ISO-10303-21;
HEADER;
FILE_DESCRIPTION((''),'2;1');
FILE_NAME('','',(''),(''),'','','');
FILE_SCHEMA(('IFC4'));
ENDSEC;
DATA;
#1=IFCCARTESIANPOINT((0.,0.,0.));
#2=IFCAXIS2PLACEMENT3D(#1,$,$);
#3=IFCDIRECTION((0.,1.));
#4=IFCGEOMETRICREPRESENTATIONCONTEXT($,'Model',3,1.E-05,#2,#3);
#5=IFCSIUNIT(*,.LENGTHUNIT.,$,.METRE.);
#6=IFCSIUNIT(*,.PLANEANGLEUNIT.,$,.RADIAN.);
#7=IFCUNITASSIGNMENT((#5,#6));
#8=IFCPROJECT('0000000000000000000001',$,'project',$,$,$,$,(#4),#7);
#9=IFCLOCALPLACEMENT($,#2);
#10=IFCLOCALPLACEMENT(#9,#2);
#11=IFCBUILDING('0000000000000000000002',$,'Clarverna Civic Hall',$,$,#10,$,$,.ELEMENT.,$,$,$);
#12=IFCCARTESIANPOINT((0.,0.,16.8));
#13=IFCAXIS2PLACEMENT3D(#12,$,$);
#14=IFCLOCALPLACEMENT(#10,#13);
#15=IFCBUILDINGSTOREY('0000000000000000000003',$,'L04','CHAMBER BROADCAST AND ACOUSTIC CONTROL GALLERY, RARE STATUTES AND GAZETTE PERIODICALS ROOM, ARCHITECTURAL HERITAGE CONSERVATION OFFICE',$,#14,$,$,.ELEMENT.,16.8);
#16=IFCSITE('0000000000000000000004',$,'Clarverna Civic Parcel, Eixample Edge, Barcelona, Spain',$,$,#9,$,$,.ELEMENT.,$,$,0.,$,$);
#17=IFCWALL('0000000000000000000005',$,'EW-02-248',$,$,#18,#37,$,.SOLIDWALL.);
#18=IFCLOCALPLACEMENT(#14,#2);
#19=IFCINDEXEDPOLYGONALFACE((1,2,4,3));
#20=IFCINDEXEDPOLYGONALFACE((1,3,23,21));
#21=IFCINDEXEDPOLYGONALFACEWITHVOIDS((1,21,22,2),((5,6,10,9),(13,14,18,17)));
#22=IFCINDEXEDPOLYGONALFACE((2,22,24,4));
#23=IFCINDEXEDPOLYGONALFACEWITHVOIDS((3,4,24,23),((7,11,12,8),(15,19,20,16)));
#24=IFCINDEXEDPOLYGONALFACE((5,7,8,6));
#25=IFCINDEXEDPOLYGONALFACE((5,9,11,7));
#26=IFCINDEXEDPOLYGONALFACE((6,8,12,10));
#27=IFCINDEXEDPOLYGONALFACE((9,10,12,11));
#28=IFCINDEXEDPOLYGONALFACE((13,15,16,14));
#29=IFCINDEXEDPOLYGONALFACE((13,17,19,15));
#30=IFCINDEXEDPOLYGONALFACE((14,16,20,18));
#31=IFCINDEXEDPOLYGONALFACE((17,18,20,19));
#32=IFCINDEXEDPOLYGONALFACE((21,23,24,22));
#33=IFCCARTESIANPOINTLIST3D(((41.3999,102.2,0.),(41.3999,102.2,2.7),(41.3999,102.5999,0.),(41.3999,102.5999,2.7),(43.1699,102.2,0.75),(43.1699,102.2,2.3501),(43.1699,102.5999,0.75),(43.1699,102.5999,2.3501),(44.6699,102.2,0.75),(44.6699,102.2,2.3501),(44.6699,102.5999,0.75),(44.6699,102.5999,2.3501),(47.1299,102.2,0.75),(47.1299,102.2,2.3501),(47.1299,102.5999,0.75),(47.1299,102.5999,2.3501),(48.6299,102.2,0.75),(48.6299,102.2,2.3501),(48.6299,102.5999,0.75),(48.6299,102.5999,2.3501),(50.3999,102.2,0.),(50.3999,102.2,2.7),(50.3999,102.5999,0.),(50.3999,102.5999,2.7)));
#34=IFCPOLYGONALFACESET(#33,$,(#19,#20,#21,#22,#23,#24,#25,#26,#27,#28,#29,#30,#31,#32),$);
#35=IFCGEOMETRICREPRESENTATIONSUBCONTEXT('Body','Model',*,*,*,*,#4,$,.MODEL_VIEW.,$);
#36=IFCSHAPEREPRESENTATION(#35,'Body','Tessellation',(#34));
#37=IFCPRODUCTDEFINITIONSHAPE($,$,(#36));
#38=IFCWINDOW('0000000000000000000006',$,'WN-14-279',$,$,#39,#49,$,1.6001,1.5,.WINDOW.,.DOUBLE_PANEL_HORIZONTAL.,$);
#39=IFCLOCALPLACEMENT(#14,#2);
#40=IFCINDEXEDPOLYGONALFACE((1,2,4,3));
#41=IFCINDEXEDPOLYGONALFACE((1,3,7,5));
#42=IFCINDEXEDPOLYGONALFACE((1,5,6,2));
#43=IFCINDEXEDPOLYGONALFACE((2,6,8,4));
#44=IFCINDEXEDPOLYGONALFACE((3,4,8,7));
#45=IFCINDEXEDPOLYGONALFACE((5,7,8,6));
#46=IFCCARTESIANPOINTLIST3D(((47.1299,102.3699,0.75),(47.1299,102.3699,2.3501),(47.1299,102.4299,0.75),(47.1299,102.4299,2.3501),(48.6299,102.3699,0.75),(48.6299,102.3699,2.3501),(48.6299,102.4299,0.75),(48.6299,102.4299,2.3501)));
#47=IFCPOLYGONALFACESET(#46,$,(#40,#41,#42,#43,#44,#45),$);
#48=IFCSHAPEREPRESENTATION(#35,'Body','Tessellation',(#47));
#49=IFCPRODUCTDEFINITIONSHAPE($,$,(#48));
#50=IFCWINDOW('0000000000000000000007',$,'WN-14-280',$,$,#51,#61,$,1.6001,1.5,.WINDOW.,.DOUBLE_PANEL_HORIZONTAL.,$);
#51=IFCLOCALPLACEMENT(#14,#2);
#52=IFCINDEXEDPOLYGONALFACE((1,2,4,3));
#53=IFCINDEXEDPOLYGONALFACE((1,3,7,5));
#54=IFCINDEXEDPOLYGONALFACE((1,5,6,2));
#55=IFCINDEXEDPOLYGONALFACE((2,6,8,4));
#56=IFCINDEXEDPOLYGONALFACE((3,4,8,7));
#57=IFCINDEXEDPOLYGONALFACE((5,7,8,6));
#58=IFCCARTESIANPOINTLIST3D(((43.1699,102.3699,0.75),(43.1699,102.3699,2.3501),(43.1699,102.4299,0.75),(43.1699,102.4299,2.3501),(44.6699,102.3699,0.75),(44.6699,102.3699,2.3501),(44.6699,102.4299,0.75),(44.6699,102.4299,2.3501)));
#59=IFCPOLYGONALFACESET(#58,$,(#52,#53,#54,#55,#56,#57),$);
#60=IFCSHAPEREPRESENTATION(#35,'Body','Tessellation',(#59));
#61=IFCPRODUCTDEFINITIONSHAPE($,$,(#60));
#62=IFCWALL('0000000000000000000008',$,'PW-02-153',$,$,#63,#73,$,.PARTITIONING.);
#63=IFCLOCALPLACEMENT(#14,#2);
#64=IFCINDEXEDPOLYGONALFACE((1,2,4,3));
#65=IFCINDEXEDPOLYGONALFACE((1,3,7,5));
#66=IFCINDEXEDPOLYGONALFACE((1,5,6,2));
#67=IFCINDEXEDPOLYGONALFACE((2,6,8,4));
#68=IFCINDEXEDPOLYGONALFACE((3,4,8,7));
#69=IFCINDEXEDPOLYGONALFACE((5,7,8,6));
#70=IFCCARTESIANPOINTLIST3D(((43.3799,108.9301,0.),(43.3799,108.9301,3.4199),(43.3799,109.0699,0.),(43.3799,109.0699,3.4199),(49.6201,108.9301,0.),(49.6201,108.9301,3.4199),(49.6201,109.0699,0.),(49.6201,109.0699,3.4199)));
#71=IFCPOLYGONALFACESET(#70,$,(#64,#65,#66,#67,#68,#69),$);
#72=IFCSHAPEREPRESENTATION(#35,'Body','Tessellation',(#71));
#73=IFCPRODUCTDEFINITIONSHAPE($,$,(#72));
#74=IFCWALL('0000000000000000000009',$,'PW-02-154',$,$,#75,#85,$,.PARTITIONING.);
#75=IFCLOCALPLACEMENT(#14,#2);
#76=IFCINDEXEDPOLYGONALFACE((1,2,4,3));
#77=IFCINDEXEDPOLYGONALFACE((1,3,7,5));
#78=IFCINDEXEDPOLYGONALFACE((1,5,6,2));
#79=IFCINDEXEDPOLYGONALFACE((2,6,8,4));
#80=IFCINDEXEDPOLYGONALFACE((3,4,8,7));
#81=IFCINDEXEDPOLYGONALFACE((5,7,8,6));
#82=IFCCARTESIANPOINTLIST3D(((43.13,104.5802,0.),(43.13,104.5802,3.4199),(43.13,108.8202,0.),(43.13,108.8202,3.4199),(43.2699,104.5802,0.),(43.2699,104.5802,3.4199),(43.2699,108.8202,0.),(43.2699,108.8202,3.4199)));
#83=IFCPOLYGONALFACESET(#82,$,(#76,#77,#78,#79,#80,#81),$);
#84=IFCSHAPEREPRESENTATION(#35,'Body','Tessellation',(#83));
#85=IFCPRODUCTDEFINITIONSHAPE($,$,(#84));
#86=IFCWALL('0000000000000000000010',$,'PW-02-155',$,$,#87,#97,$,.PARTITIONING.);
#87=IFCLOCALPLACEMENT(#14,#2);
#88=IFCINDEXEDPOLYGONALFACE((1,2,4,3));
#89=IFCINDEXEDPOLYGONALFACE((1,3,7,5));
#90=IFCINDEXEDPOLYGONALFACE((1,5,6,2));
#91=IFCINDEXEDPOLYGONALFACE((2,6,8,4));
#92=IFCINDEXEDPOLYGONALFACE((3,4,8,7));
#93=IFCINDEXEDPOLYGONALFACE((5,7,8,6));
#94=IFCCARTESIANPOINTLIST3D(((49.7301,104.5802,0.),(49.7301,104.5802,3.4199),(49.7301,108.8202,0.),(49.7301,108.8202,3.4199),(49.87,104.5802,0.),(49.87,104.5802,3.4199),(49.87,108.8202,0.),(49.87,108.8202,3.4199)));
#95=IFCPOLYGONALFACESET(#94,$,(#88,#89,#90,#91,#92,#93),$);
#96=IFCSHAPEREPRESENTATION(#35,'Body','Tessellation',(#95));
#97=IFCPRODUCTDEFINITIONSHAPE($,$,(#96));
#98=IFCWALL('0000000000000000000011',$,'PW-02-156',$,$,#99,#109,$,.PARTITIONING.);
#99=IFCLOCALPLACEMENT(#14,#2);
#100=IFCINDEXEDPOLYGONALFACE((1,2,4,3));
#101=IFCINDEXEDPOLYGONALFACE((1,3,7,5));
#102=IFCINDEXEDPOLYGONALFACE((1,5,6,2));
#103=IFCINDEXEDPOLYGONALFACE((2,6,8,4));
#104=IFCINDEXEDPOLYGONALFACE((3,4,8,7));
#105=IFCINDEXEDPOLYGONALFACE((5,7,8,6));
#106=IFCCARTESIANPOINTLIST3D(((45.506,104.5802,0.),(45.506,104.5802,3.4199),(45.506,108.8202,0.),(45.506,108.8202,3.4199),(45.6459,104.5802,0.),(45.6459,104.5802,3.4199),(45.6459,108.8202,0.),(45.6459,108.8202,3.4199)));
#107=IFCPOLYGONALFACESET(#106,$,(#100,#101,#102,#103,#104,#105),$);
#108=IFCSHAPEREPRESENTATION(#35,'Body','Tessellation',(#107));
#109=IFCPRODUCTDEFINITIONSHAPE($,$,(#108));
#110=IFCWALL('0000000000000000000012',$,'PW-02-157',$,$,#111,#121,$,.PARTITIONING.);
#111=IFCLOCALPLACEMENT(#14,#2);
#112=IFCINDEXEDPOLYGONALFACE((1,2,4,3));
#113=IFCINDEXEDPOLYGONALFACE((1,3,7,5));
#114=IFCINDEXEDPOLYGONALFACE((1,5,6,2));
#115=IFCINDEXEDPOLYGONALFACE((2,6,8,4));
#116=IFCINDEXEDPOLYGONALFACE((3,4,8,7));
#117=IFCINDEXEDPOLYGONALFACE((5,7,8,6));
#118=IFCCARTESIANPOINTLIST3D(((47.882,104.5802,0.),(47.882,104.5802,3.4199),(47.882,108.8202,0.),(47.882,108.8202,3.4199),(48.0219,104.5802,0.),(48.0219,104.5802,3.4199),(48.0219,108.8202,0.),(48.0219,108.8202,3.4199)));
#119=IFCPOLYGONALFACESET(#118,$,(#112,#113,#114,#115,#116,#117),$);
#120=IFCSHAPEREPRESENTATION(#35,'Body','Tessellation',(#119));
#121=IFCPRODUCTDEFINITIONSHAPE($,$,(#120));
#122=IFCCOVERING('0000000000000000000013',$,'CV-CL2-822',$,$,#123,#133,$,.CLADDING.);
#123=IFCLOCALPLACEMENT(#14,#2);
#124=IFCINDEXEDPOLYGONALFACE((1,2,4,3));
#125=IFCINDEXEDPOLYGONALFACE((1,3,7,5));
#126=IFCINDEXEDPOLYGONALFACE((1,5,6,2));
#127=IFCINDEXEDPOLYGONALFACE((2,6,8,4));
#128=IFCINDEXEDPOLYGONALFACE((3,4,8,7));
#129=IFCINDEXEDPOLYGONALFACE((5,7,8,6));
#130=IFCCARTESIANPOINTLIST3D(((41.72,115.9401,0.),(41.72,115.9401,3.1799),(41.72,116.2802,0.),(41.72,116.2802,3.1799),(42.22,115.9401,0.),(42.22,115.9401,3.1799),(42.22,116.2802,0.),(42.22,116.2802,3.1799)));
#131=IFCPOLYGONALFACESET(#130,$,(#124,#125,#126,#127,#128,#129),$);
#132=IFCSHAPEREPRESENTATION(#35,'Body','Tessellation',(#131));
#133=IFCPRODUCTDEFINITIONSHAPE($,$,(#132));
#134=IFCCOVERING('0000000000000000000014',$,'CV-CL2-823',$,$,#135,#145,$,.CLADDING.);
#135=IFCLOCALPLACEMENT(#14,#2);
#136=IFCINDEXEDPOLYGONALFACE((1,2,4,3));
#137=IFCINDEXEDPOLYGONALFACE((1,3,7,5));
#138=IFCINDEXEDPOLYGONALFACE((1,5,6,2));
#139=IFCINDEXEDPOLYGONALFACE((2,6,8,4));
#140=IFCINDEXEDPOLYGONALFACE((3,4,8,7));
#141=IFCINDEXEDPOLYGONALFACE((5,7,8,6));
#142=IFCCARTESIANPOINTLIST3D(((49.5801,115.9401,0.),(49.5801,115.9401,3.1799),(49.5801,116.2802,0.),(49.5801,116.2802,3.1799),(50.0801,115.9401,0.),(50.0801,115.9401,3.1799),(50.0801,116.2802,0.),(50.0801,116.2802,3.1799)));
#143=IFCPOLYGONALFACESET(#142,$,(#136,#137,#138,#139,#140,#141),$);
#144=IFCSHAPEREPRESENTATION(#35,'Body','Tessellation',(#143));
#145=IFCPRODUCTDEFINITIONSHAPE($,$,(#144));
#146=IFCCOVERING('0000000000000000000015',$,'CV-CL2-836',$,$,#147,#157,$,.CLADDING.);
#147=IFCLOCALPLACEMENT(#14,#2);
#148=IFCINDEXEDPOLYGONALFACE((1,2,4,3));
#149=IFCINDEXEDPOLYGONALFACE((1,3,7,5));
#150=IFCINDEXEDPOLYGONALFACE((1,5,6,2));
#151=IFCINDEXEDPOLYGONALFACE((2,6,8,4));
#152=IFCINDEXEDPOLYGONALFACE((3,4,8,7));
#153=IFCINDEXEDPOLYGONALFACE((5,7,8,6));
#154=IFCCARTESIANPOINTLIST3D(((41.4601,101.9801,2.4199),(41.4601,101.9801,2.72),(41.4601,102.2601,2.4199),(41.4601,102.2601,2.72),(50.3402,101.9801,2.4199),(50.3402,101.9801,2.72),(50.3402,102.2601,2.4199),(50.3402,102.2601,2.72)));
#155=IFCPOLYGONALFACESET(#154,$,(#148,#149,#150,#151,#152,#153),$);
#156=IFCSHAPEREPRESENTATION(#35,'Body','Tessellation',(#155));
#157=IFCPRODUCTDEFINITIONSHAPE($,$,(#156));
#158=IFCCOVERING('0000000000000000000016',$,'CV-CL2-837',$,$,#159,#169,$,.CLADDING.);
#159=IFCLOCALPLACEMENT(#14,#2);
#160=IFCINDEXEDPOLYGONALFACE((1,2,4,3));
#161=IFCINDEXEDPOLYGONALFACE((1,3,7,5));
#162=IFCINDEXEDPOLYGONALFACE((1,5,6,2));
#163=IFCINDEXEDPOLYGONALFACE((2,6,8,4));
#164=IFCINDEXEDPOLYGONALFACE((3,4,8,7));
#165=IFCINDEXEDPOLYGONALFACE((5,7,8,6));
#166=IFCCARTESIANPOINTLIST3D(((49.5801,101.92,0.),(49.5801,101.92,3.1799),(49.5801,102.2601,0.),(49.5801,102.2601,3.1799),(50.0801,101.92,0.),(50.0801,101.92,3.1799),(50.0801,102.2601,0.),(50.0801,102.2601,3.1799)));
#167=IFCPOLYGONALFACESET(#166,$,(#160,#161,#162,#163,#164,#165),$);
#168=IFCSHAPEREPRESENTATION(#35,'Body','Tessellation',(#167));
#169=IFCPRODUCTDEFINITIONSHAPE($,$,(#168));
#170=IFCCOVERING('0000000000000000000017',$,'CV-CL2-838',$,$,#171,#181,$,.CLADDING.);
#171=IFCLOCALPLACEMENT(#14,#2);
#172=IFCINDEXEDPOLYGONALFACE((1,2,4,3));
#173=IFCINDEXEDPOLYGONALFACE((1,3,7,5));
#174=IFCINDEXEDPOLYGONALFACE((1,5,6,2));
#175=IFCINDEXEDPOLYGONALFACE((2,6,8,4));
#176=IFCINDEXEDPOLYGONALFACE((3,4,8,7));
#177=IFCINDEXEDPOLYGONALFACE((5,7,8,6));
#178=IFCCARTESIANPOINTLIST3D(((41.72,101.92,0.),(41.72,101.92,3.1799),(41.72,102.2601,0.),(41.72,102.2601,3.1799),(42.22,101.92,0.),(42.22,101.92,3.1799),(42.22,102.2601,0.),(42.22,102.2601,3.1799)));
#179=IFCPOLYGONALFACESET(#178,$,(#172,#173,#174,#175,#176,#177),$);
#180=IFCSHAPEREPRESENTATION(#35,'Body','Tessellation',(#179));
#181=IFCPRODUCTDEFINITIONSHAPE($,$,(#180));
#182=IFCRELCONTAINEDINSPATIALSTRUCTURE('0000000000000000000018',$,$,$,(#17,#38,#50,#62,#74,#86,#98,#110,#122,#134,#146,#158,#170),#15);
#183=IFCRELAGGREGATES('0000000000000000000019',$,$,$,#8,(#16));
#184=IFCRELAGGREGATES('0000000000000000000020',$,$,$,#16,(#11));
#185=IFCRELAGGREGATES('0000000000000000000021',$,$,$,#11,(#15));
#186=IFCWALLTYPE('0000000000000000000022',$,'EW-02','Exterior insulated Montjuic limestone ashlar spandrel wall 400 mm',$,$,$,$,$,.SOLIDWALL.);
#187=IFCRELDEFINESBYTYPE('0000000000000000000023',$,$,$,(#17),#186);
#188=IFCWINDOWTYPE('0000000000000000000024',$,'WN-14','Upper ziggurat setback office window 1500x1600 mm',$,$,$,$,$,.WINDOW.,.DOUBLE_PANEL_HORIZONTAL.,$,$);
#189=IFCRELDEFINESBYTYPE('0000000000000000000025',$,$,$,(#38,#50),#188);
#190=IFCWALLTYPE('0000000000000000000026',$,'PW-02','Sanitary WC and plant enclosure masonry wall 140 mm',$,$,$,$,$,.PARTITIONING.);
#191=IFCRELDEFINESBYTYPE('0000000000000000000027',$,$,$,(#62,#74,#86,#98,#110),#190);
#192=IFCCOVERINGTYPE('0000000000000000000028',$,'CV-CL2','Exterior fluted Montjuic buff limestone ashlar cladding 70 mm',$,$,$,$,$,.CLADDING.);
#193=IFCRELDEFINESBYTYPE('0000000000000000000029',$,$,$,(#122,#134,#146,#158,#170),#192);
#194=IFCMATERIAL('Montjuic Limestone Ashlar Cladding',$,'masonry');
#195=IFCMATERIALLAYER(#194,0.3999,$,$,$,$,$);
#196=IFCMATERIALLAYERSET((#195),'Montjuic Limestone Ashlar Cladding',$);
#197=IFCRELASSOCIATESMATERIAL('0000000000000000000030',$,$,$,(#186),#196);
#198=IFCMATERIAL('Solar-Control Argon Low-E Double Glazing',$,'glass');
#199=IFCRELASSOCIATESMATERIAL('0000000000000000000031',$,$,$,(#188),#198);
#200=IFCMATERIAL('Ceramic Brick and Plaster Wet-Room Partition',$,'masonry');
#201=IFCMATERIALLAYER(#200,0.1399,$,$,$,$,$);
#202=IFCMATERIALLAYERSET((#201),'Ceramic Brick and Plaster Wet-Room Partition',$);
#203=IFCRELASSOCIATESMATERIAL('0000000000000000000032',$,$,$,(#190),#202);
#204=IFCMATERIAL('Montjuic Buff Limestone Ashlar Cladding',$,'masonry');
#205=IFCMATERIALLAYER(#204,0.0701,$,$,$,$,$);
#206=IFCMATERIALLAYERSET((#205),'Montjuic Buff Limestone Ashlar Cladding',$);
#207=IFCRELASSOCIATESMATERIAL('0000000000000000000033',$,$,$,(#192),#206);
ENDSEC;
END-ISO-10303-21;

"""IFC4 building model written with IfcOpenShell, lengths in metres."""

from ifc_helpers import new_model, si_unit, direction, frame, frame_2d, origin, place, context, subcontext, project, spatial, rectangle, extrude, material, layer, layer_set, type_object, element, fill, save


model = new_model("IFC4")

# Units and contexts
model_context = context("Model", 3, precision=1e-05, world=origin(), true_north=direction((0.0, 1.0)))
body_context = subcontext(model_context, "Body", "Model", "MODEL_VIEW")
ifc_project = project(units=[si_unit("LENGTHUNIT", "METRE"), si_unit("PLANEANGLEUNIT", "RADIAN")], contexts=[model_context])

# Site, building, storey
site_placement = place(None, origin())
site = spatial("IfcSite", under=ifc_project, at=site_placement, Name="Clarverna Civic Parcel, Eixample Edge, Barcelona, Spain", CompositionType="ELEMENT", RefElevation=0.0)
building_placement = place(site_placement, origin())
building = spatial("IfcBuilding", under=site, at=building_placement, Name="Clarverna Civic Hall", CompositionType="ELEMENT")
storey_placement = place(building_placement, frame((0.0, 0.0, 16.8)))
storey = spatial("IfcBuildingStorey", under=building, at=storey_placement, Name="L04", Description="CHAMBER BROADCAST AND ACOUSTIC CONTROL GALLERY, RARE STATUTES AND GAZETTE PERIODICALS ROOM, ARCHITECTURAL HERITAGE CONSERVATION OFFICE", CompositionType="ELEMENT", Elevation=16.8)

# Wall, openings, windows
ifc_material_1 = material(Name="Montjuic Limestone Ashlar Cladding", Category="masonry")
ifc_layer_1 = layer(ifc_material_1, 0.3999)
ifc_layer_set_1 = layer_set([ifc_layer_1], Name="Montjuic Limestone Ashlar Cladding")
wall_type_1 = type_object("IfcWallType", Name="EW-02", Description="Exterior insulated Montjuic limestone ashlar spandrel wall 400 mm", PredefinedType="SOLIDWALL", material=ifc_layer_set_1)
ifc_material_2 = material(Name="Solar-Control Argon Low-E Double Glazing", Category="glass")
window_type = type_object("IfcWindowType", Name="WN-14", Description="Upper ziggurat setback office window 1500x1600 mm", PartitioningType="DOUBLE_PANEL_HORIZONTAL", PredefinedType="WINDOW", material=ifc_material_2)
wall_1_placement = place(storey_placement, frame((50.3999, 102.3999, 0.0), z_axis=(0.0, 0.0, 1.0), x_axis=(-1.0, 0.0, 0.0)))
wall_1 = element("IfcWall", 1, at=wall_1_placement, inside=storey, type_object=wall_type_1, Name="EW-02-248", PredefinedType="SOLIDWALL", context=body_context, shape_type="SweptSolid", body=[
    extrude(rectangle(XDim=9.0, YDim=0.3999, at=frame_2d((4.5, 0.0))), origin(), (0.0, 0.0, 1.0), 2.7),
])
opening_1_placement = place(wall_1_placement, frame((1.77, 0.0, 0.75)))
opening_1 = element("IfcOpeningElement", 2, at=opening_1_placement, cuts=wall_1, PredefinedType="OPENING", context=body_context, shape_type="SweptSolid", body=[
    extrude(rectangle(XDim=1.5, YDim=1.6001, at=frame_2d((0.75, 0.8))), frame((0.0, 0.21, 0.0), z_axis=(0.0, -1.0, 0.0), x_axis=(1.0, 0.0, 0.0)), (0.0, 0.0, 1.0), 0.4199),
])
opening_2_placement = place(wall_1_placement, frame((5.73, 0.0, 0.75)))
opening_2 = element("IfcOpeningElement", 3, at=opening_2_placement, cuts=wall_1, PredefinedType="OPENING", context=body_context, shape_type="SweptSolid", body=[
    extrude(rectangle(XDim=1.5, YDim=1.6001, at=frame_2d((0.75, 0.8))), frame((0.0, 0.21, 0.0), z_axis=(0.0, -1.0, 0.0), x_axis=(1.0, 0.0, 0.0)), (0.0, 0.0, 1.0), 0.4199),
])
window_1_placement = place(opening_1_placement, origin())
window_1 = element("IfcWindow", 4, at=window_1_placement, inside=storey, type_object=window_type, Name="WN-14-279", OverallHeight=1.6001, OverallWidth=1.5, PartitioningType="DOUBLE_PANEL_HORIZONTAL", PredefinedType="WINDOW", context=body_context, shape_type="SweptSolid", body=[
    extrude(rectangle(XDim=1.5, YDim=1.6001, at=frame_2d((0.75, 0.8))), frame((0.0, 0.03, 0.0), z_axis=(0.0, -1.0, 0.0), x_axis=(1.0, 0.0, 0.0)), (0.0, 0.0, 1.0), 0.0601),
])
fill(opening_1, window_1)
window_2_placement = place(opening_2_placement, origin())
window_2 = element("IfcWindow", 5, at=window_2_placement, inside=storey, type_object=window_type, Name="WN-14-280", OverallHeight=1.6001, OverallWidth=1.5, PartitioningType="DOUBLE_PANEL_HORIZONTAL", PredefinedType="WINDOW", context=body_context, shape_type="SweptSolid", body=[
    extrude(rectangle(XDim=1.5, YDim=1.6001, at=frame_2d((0.75, 0.8))), frame((0.0, 0.03, 0.0), z_axis=(0.0, -1.0, 0.0), x_axis=(1.0, 0.0, 0.0)), (0.0, 0.0, 1.0), 0.0601),
])
fill(opening_2, window_2)

# Walls
ifc_material_3 = material(Name="Ceramic Brick and Plaster Wet-Room Partition", Category="masonry")
ifc_layer_2 = layer(ifc_material_3, 0.1399)
ifc_layer_set_2 = layer_set([ifc_layer_2], Name="Ceramic Brick and Plaster Wet-Room Partition")
wall_type_2 = type_object("IfcWallType", Name="PW-02", Description="Sanitary WC and plant enclosure masonry wall 140 mm", PredefinedType="PARTITIONING", material=ifc_layer_set_2)
wall_2_placement = place(storey_placement, frame((43.3799, 109.0, 0.0), z_axis=(0.0, 0.0, 1.0), x_axis=(1.0, 0.0, 0.0)))
element("IfcWall", 6, at=wall_2_placement, inside=storey, type_object=wall_type_2, Name="PW-02-153", PredefinedType="PARTITIONING", context=body_context, shape_type="SweptSolid", body=[
    extrude(rectangle(XDim=6.2402, YDim=0.1399, at=frame_2d((3.1201, 0.0))), origin(), (0.0, 0.0, 1.0), 3.4199),
])
for number, where, z_axis, x_axis, name in (
    (7, (43.2, 104.5801, 0.0), (0.0, 0.0, 1.0), (0.0, 1.0, 0.0), "PW-02-154"),
    (8, (49.8, 104.5801, 0.0), (0.0, 0.0, 1.0), (0.0, 1.0, 0.0), "PW-02-155"),
    (9, (45.5759, 104.5801, 0.0), (0.0, 0.0, 1.0), (0.0, 1.0, 0.0), "PW-02-156"),
    (10, (47.9519, 104.5801, 0.0), (0.0, 0.0, 1.0), (0.0, 1.0, 0.0), "PW-02-157"),
):
    element("IfcWall", number, at=place(storey_placement, frame(where, z_axis=z_axis, x_axis=x_axis)), inside=storey, type_object=wall_type_2, Name=name, PredefinedType="PARTITIONING", context=body_context, shape_type="SweptSolid", body=[
        extrude(rectangle(XDim=4.24, YDim=0.1399, at=frame_2d((2.1201, 0.0))), origin(), (0.0, 0.0, 1.0), 3.4199),
    ])

# Coverings
ifc_material_4 = material(Name="Montjuic Buff Limestone Ashlar Cladding", Category="masonry")
ifc_layer_3 = layer(ifc_material_4, 0.0701)
ifc_layer_set_3 = layer_set([ifc_layer_3], Name="Montjuic Buff Limestone Ashlar Cladding")
covering_type = type_object("IfcCoveringType", Name="CV-CL2", Description="Exterior fluted Montjuic buff limestone ashlar cladding 70 mm", PredefinedType="CLADDING", material=ifc_layer_set_3)
for number, where, z_axis, x_axis, name in (
    (11, (41.72, 116.1101, 0.0), (0.0, 0.0, 1.0), (1.0, 0.0, 0.0), "CV-CL2-822"),
    (12, (49.5801, 116.1101, 0.0), (0.0, 0.0, 1.0), (1.0, 0.0, 0.0), "CV-CL2-823"),
):
    element("IfcCovering", number, at=place(storey_placement, frame(where, z_axis=z_axis, x_axis=x_axis)), inside=storey, type_object=covering_type, Name=name, PredefinedType="CLADDING", context=body_context, shape_type="SweptSolid", body=[
        extrude(rectangle(XDim=0.5, YDim=0.3401, at=frame_2d((0.25, 0.0))), origin(), (0.0, 0.0, 1.0), 3.1799),
    ])
covering_placement = place(storey_placement, frame((50.3401, 102.1201, 2.4199), z_axis=(0.0, 0.0, 1.0), x_axis=(-1.0, 0.0, 0.0)))
element("IfcCovering", 13, at=covering_placement, inside=storey, type_object=covering_type, Name="CV-CL2-836", PredefinedType="CLADDING", context=body_context, shape_type="SweptSolid", body=[
    extrude(rectangle(XDim=8.8801, YDim=0.28, at=frame_2d((4.4399, 0.0))), origin(), (0.0, 0.0, 1.0), 0.3),
])
for number, where, z_axis, x_axis, name in (
    (14, (50.0801, 102.0901, 0.0), (0.0, 0.0, 1.0), (-1.0, 0.0, 0.0), "CV-CL2-837"),
    (15, (42.22, 102.0901, 0.0), (0.0, 0.0, 1.0), (-1.0, 0.0, 0.0), "CV-CL2-838"),
):
    element("IfcCovering", number, at=place(storey_placement, frame(where, z_axis=z_axis, x_axis=x_axis)), inside=storey, type_object=covering_type, Name=name, PredefinedType="CLADDING", context=body_context, shape_type="SweptSolid", body=[
        extrude(rectangle(XDim=0.5, YDim=0.3401, at=frame_2d((0.25, 0.0))), origin(), (0.0, 0.0, 1.0), 3.1799),
    ])

save(model, "model.ifc")
